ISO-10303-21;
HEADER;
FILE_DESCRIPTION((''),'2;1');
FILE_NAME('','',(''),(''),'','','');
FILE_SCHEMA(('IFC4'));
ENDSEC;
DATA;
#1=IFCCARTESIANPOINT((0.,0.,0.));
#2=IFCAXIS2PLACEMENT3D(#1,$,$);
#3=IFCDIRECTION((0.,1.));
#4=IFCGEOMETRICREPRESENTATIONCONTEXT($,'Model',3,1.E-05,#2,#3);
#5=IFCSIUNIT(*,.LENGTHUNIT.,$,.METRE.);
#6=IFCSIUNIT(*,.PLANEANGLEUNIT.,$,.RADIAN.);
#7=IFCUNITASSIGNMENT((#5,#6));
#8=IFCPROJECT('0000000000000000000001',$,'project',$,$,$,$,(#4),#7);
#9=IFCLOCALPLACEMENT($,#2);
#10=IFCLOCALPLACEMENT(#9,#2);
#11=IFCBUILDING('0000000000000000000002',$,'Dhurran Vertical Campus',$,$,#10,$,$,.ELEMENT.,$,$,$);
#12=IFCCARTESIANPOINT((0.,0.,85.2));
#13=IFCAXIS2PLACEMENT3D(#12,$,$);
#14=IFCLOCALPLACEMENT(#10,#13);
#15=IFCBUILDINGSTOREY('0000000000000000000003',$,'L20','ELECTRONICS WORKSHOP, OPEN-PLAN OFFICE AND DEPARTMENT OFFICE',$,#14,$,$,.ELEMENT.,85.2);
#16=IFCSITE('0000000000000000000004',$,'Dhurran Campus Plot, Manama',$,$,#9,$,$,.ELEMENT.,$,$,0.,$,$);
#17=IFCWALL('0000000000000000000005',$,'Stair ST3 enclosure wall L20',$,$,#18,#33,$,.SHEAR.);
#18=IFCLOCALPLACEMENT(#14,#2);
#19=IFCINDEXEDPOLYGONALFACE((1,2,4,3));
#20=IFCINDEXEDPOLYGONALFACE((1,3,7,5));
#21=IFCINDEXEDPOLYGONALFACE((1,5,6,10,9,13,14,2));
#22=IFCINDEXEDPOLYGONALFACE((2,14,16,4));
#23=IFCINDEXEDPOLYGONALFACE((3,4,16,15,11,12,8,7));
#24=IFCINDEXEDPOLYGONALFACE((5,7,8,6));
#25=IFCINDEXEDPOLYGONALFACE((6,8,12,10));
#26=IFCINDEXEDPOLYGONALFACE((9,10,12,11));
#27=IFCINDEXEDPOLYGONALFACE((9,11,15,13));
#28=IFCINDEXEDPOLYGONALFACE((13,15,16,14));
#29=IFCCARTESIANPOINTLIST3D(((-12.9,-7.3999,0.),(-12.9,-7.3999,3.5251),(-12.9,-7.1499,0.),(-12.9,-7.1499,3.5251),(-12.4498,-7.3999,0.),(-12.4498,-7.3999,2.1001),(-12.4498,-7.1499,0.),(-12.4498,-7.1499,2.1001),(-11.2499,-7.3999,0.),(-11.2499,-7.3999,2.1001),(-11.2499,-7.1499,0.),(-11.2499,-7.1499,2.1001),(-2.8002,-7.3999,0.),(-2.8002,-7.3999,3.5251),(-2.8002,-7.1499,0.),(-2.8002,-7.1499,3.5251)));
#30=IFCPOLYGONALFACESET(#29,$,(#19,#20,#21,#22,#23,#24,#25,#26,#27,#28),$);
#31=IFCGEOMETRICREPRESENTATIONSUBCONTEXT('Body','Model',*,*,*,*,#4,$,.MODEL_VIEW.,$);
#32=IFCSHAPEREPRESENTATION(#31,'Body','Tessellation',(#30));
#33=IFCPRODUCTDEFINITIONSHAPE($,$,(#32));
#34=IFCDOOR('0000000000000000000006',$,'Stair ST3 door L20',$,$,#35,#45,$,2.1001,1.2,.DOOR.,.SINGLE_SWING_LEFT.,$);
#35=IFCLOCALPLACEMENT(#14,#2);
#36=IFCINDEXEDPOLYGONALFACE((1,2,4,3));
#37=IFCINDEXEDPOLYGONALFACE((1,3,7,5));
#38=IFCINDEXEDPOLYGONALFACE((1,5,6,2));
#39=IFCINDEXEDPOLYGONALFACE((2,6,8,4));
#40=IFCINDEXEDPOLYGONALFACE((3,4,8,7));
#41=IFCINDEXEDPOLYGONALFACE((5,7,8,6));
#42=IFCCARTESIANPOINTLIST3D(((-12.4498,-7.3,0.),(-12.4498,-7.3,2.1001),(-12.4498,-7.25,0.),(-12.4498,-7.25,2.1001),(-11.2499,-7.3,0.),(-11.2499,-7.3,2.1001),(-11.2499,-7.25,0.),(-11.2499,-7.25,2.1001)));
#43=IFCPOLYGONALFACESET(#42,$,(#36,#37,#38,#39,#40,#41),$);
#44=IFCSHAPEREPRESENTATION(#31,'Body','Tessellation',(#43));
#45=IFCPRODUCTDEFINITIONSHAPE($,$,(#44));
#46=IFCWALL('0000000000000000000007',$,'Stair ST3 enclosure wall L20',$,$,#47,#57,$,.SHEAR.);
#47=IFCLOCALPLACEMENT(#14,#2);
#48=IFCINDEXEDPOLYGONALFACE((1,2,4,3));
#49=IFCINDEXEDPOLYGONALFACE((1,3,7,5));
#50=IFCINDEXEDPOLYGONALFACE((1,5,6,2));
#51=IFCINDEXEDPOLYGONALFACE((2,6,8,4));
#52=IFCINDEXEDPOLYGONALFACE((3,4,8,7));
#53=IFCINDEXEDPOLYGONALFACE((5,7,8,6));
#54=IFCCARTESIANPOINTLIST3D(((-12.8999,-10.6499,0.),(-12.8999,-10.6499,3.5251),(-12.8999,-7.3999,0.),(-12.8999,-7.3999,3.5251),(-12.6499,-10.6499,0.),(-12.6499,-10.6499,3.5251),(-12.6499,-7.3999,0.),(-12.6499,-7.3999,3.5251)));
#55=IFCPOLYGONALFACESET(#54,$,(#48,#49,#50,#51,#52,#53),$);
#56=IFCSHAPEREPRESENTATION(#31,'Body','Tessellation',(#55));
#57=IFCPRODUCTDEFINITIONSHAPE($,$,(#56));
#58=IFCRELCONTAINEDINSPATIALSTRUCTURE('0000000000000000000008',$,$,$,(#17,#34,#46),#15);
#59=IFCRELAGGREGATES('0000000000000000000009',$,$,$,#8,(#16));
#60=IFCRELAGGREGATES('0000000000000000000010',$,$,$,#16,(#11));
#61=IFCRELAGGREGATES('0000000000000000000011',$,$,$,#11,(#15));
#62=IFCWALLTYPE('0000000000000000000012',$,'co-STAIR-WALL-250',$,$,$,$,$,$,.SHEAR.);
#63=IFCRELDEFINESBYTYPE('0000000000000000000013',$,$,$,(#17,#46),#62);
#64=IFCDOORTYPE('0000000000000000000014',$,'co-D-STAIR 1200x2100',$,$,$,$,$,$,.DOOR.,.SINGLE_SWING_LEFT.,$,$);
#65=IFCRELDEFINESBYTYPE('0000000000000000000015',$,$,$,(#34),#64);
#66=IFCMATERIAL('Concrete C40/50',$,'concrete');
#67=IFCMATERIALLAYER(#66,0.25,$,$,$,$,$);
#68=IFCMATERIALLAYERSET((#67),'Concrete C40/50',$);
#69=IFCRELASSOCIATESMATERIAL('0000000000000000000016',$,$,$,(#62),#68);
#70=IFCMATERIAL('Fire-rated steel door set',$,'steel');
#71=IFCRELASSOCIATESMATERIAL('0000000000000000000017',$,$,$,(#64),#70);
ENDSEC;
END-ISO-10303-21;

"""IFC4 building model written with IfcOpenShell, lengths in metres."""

from ifc_helpers import new_model, si_unit, direction, frame, frame_2d, origin, place, context, subcontext, project, spatial, rectangle, extrude, material, layer, layer_set, type_object, element, fill, save


model = new_model("IFC4")

# Units and contexts
model_context = context("Model", 3, precision=1e-05, world=origin(), true_north=direction((0.0, 1.0)))
body_context = subcontext(model_context, "Body", "Model", "MODEL_VIEW")
ifc_project = project(units=[si_unit("LENGTHUNIT", "METRE"), si_unit("PLANEANGLEUNIT", "RADIAN")], contexts=[model_context])

# Site, building, storey
site_placement = place(None, origin())
site = spatial("IfcSite", under=ifc_project, at=site_placement, Name="Dhurran Campus Plot, Manama", CompositionType="ELEMENT", RefElevation=0.0)
building_placement = place(site_placement, origin())
building = spatial("IfcBuilding", under=site, at=building_placement, Name="Dhurran Vertical Campus", CompositionType="ELEMENT")
storey_placement = place(building_placement, frame((0.0, 0.0, 85.2)))
storey = spatial("IfcBuildingStorey", under=building, at=storey_placement, Name="L20", Description="ELECTRONICS WORKSHOP, OPEN-PLAN OFFICE AND DEPARTMENT OFFICE", CompositionType="ELEMENT", Elevation=85.2)

# Wall, opening, door
ifc_material_1 = material(Name="Concrete C40/50", Category="concrete")
ifc_layer_1 = layer(ifc_material_1, 0.25)
ifc_layer_set_1 = layer_set([ifc_layer_1], Name="Concrete C40/50")
wall_type_1 = type_object("IfcWallType", Name="co-STAIR-WALL-250", PredefinedType="SHEAR", material=ifc_layer_set_1)
wall_1_placement = place(storey_placement, frame((-12.8999, -7.2749, 0.0), z_axis=(0.0, 0.0, 1.0), x_axis=(1.0, 0.0, 0.0)))
wall_1 = element("IfcWall", 1, at=wall_1_placement, inside=storey, type_object=wall_type_1, Name="Stair ST3 enclosure wall L20", PredefinedType="SHEAR", context=body_context, shape_type="SweptSolid", body=[
    extrude(rectangle(XDim=10.0999, YDim=0.25, at=frame_2d((5.0498, 0.0))), origin(), (0.0, 0.0, 1.0), 3.5251),
])
opening_1_placement = place(wall_1_placement, frame((0.45, 0.0, 0.0)))
opening_1 = element("IfcOpeningElement", 2, at=opening_1_placement, cuts=wall_1, PredefinedType="OPENING", context=body_context, shape_type="SweptSolid", body=[
    extrude(rectangle(XDim=1.2, YDim=2.1001, at=frame_2d((0.6001, 1.05))), frame((0.0, 0.135, 0.0), z_axis=(0.0, -1.0, 0.0), x_axis=(1.0, 0.0, 0.0)), (0.0, 0.0, 1.0), 0.27),
])
ifc_material_2 = material(Name="Fire-rated steel door set", Category="steel")
door_type_1 = type_object("IfcDoorType", Name="co-D-STAIR 1200x2100", OperationType="SINGLE_SWING_LEFT", PredefinedType="DOOR", material=ifc_material_2)
door_1_placement = place(opening_1_placement, origin())
door_1 = element("IfcDoor", 3, at=door_1_placement, inside=storey, type_object=door_type_1, Name="Stair ST3 door L20", OperationType="SINGLE_SWING_LEFT", OverallHeight=2.1001, OverallWidth=1.2, PredefinedType="DOOR", context=body_context, shape_type="SweptSolid", body=[
    extrude(rectangle(XDim=1.2, YDim=2.1001, at=frame_2d((0.6001, 1.05))), frame((0.0, 0.0249, 0.0), z_axis=(0.0, -1.0, 0.0), x_axis=(1.0, 0.0, 0.0)), (0.0, 0.0, 1.0), 0.05),
])
fill(opening_1, door_1)

# Wall
wall_2_placement = place(storey_placement, frame((-12.7749, -10.6499, 0.0), z_axis=(0.0, 0.0, 1.0), x_axis=(0.0, 1.0, 0.0)))
element("IfcWall", 4, at=wall_2_placement, inside=storey, type_object=wall_type_1, Name="Stair ST3 enclosure wall L20", PredefinedType="SHEAR", context=body_context, shape_type="SweptSolid", body=[
    extrude(rectangle(XDim=3.25, YDim=0.25, at=frame_2d((1.625, 0.0))), origin(), (0.0, 0.0, 1.0), 3.5251),
])

save(model, "model.ifc")
